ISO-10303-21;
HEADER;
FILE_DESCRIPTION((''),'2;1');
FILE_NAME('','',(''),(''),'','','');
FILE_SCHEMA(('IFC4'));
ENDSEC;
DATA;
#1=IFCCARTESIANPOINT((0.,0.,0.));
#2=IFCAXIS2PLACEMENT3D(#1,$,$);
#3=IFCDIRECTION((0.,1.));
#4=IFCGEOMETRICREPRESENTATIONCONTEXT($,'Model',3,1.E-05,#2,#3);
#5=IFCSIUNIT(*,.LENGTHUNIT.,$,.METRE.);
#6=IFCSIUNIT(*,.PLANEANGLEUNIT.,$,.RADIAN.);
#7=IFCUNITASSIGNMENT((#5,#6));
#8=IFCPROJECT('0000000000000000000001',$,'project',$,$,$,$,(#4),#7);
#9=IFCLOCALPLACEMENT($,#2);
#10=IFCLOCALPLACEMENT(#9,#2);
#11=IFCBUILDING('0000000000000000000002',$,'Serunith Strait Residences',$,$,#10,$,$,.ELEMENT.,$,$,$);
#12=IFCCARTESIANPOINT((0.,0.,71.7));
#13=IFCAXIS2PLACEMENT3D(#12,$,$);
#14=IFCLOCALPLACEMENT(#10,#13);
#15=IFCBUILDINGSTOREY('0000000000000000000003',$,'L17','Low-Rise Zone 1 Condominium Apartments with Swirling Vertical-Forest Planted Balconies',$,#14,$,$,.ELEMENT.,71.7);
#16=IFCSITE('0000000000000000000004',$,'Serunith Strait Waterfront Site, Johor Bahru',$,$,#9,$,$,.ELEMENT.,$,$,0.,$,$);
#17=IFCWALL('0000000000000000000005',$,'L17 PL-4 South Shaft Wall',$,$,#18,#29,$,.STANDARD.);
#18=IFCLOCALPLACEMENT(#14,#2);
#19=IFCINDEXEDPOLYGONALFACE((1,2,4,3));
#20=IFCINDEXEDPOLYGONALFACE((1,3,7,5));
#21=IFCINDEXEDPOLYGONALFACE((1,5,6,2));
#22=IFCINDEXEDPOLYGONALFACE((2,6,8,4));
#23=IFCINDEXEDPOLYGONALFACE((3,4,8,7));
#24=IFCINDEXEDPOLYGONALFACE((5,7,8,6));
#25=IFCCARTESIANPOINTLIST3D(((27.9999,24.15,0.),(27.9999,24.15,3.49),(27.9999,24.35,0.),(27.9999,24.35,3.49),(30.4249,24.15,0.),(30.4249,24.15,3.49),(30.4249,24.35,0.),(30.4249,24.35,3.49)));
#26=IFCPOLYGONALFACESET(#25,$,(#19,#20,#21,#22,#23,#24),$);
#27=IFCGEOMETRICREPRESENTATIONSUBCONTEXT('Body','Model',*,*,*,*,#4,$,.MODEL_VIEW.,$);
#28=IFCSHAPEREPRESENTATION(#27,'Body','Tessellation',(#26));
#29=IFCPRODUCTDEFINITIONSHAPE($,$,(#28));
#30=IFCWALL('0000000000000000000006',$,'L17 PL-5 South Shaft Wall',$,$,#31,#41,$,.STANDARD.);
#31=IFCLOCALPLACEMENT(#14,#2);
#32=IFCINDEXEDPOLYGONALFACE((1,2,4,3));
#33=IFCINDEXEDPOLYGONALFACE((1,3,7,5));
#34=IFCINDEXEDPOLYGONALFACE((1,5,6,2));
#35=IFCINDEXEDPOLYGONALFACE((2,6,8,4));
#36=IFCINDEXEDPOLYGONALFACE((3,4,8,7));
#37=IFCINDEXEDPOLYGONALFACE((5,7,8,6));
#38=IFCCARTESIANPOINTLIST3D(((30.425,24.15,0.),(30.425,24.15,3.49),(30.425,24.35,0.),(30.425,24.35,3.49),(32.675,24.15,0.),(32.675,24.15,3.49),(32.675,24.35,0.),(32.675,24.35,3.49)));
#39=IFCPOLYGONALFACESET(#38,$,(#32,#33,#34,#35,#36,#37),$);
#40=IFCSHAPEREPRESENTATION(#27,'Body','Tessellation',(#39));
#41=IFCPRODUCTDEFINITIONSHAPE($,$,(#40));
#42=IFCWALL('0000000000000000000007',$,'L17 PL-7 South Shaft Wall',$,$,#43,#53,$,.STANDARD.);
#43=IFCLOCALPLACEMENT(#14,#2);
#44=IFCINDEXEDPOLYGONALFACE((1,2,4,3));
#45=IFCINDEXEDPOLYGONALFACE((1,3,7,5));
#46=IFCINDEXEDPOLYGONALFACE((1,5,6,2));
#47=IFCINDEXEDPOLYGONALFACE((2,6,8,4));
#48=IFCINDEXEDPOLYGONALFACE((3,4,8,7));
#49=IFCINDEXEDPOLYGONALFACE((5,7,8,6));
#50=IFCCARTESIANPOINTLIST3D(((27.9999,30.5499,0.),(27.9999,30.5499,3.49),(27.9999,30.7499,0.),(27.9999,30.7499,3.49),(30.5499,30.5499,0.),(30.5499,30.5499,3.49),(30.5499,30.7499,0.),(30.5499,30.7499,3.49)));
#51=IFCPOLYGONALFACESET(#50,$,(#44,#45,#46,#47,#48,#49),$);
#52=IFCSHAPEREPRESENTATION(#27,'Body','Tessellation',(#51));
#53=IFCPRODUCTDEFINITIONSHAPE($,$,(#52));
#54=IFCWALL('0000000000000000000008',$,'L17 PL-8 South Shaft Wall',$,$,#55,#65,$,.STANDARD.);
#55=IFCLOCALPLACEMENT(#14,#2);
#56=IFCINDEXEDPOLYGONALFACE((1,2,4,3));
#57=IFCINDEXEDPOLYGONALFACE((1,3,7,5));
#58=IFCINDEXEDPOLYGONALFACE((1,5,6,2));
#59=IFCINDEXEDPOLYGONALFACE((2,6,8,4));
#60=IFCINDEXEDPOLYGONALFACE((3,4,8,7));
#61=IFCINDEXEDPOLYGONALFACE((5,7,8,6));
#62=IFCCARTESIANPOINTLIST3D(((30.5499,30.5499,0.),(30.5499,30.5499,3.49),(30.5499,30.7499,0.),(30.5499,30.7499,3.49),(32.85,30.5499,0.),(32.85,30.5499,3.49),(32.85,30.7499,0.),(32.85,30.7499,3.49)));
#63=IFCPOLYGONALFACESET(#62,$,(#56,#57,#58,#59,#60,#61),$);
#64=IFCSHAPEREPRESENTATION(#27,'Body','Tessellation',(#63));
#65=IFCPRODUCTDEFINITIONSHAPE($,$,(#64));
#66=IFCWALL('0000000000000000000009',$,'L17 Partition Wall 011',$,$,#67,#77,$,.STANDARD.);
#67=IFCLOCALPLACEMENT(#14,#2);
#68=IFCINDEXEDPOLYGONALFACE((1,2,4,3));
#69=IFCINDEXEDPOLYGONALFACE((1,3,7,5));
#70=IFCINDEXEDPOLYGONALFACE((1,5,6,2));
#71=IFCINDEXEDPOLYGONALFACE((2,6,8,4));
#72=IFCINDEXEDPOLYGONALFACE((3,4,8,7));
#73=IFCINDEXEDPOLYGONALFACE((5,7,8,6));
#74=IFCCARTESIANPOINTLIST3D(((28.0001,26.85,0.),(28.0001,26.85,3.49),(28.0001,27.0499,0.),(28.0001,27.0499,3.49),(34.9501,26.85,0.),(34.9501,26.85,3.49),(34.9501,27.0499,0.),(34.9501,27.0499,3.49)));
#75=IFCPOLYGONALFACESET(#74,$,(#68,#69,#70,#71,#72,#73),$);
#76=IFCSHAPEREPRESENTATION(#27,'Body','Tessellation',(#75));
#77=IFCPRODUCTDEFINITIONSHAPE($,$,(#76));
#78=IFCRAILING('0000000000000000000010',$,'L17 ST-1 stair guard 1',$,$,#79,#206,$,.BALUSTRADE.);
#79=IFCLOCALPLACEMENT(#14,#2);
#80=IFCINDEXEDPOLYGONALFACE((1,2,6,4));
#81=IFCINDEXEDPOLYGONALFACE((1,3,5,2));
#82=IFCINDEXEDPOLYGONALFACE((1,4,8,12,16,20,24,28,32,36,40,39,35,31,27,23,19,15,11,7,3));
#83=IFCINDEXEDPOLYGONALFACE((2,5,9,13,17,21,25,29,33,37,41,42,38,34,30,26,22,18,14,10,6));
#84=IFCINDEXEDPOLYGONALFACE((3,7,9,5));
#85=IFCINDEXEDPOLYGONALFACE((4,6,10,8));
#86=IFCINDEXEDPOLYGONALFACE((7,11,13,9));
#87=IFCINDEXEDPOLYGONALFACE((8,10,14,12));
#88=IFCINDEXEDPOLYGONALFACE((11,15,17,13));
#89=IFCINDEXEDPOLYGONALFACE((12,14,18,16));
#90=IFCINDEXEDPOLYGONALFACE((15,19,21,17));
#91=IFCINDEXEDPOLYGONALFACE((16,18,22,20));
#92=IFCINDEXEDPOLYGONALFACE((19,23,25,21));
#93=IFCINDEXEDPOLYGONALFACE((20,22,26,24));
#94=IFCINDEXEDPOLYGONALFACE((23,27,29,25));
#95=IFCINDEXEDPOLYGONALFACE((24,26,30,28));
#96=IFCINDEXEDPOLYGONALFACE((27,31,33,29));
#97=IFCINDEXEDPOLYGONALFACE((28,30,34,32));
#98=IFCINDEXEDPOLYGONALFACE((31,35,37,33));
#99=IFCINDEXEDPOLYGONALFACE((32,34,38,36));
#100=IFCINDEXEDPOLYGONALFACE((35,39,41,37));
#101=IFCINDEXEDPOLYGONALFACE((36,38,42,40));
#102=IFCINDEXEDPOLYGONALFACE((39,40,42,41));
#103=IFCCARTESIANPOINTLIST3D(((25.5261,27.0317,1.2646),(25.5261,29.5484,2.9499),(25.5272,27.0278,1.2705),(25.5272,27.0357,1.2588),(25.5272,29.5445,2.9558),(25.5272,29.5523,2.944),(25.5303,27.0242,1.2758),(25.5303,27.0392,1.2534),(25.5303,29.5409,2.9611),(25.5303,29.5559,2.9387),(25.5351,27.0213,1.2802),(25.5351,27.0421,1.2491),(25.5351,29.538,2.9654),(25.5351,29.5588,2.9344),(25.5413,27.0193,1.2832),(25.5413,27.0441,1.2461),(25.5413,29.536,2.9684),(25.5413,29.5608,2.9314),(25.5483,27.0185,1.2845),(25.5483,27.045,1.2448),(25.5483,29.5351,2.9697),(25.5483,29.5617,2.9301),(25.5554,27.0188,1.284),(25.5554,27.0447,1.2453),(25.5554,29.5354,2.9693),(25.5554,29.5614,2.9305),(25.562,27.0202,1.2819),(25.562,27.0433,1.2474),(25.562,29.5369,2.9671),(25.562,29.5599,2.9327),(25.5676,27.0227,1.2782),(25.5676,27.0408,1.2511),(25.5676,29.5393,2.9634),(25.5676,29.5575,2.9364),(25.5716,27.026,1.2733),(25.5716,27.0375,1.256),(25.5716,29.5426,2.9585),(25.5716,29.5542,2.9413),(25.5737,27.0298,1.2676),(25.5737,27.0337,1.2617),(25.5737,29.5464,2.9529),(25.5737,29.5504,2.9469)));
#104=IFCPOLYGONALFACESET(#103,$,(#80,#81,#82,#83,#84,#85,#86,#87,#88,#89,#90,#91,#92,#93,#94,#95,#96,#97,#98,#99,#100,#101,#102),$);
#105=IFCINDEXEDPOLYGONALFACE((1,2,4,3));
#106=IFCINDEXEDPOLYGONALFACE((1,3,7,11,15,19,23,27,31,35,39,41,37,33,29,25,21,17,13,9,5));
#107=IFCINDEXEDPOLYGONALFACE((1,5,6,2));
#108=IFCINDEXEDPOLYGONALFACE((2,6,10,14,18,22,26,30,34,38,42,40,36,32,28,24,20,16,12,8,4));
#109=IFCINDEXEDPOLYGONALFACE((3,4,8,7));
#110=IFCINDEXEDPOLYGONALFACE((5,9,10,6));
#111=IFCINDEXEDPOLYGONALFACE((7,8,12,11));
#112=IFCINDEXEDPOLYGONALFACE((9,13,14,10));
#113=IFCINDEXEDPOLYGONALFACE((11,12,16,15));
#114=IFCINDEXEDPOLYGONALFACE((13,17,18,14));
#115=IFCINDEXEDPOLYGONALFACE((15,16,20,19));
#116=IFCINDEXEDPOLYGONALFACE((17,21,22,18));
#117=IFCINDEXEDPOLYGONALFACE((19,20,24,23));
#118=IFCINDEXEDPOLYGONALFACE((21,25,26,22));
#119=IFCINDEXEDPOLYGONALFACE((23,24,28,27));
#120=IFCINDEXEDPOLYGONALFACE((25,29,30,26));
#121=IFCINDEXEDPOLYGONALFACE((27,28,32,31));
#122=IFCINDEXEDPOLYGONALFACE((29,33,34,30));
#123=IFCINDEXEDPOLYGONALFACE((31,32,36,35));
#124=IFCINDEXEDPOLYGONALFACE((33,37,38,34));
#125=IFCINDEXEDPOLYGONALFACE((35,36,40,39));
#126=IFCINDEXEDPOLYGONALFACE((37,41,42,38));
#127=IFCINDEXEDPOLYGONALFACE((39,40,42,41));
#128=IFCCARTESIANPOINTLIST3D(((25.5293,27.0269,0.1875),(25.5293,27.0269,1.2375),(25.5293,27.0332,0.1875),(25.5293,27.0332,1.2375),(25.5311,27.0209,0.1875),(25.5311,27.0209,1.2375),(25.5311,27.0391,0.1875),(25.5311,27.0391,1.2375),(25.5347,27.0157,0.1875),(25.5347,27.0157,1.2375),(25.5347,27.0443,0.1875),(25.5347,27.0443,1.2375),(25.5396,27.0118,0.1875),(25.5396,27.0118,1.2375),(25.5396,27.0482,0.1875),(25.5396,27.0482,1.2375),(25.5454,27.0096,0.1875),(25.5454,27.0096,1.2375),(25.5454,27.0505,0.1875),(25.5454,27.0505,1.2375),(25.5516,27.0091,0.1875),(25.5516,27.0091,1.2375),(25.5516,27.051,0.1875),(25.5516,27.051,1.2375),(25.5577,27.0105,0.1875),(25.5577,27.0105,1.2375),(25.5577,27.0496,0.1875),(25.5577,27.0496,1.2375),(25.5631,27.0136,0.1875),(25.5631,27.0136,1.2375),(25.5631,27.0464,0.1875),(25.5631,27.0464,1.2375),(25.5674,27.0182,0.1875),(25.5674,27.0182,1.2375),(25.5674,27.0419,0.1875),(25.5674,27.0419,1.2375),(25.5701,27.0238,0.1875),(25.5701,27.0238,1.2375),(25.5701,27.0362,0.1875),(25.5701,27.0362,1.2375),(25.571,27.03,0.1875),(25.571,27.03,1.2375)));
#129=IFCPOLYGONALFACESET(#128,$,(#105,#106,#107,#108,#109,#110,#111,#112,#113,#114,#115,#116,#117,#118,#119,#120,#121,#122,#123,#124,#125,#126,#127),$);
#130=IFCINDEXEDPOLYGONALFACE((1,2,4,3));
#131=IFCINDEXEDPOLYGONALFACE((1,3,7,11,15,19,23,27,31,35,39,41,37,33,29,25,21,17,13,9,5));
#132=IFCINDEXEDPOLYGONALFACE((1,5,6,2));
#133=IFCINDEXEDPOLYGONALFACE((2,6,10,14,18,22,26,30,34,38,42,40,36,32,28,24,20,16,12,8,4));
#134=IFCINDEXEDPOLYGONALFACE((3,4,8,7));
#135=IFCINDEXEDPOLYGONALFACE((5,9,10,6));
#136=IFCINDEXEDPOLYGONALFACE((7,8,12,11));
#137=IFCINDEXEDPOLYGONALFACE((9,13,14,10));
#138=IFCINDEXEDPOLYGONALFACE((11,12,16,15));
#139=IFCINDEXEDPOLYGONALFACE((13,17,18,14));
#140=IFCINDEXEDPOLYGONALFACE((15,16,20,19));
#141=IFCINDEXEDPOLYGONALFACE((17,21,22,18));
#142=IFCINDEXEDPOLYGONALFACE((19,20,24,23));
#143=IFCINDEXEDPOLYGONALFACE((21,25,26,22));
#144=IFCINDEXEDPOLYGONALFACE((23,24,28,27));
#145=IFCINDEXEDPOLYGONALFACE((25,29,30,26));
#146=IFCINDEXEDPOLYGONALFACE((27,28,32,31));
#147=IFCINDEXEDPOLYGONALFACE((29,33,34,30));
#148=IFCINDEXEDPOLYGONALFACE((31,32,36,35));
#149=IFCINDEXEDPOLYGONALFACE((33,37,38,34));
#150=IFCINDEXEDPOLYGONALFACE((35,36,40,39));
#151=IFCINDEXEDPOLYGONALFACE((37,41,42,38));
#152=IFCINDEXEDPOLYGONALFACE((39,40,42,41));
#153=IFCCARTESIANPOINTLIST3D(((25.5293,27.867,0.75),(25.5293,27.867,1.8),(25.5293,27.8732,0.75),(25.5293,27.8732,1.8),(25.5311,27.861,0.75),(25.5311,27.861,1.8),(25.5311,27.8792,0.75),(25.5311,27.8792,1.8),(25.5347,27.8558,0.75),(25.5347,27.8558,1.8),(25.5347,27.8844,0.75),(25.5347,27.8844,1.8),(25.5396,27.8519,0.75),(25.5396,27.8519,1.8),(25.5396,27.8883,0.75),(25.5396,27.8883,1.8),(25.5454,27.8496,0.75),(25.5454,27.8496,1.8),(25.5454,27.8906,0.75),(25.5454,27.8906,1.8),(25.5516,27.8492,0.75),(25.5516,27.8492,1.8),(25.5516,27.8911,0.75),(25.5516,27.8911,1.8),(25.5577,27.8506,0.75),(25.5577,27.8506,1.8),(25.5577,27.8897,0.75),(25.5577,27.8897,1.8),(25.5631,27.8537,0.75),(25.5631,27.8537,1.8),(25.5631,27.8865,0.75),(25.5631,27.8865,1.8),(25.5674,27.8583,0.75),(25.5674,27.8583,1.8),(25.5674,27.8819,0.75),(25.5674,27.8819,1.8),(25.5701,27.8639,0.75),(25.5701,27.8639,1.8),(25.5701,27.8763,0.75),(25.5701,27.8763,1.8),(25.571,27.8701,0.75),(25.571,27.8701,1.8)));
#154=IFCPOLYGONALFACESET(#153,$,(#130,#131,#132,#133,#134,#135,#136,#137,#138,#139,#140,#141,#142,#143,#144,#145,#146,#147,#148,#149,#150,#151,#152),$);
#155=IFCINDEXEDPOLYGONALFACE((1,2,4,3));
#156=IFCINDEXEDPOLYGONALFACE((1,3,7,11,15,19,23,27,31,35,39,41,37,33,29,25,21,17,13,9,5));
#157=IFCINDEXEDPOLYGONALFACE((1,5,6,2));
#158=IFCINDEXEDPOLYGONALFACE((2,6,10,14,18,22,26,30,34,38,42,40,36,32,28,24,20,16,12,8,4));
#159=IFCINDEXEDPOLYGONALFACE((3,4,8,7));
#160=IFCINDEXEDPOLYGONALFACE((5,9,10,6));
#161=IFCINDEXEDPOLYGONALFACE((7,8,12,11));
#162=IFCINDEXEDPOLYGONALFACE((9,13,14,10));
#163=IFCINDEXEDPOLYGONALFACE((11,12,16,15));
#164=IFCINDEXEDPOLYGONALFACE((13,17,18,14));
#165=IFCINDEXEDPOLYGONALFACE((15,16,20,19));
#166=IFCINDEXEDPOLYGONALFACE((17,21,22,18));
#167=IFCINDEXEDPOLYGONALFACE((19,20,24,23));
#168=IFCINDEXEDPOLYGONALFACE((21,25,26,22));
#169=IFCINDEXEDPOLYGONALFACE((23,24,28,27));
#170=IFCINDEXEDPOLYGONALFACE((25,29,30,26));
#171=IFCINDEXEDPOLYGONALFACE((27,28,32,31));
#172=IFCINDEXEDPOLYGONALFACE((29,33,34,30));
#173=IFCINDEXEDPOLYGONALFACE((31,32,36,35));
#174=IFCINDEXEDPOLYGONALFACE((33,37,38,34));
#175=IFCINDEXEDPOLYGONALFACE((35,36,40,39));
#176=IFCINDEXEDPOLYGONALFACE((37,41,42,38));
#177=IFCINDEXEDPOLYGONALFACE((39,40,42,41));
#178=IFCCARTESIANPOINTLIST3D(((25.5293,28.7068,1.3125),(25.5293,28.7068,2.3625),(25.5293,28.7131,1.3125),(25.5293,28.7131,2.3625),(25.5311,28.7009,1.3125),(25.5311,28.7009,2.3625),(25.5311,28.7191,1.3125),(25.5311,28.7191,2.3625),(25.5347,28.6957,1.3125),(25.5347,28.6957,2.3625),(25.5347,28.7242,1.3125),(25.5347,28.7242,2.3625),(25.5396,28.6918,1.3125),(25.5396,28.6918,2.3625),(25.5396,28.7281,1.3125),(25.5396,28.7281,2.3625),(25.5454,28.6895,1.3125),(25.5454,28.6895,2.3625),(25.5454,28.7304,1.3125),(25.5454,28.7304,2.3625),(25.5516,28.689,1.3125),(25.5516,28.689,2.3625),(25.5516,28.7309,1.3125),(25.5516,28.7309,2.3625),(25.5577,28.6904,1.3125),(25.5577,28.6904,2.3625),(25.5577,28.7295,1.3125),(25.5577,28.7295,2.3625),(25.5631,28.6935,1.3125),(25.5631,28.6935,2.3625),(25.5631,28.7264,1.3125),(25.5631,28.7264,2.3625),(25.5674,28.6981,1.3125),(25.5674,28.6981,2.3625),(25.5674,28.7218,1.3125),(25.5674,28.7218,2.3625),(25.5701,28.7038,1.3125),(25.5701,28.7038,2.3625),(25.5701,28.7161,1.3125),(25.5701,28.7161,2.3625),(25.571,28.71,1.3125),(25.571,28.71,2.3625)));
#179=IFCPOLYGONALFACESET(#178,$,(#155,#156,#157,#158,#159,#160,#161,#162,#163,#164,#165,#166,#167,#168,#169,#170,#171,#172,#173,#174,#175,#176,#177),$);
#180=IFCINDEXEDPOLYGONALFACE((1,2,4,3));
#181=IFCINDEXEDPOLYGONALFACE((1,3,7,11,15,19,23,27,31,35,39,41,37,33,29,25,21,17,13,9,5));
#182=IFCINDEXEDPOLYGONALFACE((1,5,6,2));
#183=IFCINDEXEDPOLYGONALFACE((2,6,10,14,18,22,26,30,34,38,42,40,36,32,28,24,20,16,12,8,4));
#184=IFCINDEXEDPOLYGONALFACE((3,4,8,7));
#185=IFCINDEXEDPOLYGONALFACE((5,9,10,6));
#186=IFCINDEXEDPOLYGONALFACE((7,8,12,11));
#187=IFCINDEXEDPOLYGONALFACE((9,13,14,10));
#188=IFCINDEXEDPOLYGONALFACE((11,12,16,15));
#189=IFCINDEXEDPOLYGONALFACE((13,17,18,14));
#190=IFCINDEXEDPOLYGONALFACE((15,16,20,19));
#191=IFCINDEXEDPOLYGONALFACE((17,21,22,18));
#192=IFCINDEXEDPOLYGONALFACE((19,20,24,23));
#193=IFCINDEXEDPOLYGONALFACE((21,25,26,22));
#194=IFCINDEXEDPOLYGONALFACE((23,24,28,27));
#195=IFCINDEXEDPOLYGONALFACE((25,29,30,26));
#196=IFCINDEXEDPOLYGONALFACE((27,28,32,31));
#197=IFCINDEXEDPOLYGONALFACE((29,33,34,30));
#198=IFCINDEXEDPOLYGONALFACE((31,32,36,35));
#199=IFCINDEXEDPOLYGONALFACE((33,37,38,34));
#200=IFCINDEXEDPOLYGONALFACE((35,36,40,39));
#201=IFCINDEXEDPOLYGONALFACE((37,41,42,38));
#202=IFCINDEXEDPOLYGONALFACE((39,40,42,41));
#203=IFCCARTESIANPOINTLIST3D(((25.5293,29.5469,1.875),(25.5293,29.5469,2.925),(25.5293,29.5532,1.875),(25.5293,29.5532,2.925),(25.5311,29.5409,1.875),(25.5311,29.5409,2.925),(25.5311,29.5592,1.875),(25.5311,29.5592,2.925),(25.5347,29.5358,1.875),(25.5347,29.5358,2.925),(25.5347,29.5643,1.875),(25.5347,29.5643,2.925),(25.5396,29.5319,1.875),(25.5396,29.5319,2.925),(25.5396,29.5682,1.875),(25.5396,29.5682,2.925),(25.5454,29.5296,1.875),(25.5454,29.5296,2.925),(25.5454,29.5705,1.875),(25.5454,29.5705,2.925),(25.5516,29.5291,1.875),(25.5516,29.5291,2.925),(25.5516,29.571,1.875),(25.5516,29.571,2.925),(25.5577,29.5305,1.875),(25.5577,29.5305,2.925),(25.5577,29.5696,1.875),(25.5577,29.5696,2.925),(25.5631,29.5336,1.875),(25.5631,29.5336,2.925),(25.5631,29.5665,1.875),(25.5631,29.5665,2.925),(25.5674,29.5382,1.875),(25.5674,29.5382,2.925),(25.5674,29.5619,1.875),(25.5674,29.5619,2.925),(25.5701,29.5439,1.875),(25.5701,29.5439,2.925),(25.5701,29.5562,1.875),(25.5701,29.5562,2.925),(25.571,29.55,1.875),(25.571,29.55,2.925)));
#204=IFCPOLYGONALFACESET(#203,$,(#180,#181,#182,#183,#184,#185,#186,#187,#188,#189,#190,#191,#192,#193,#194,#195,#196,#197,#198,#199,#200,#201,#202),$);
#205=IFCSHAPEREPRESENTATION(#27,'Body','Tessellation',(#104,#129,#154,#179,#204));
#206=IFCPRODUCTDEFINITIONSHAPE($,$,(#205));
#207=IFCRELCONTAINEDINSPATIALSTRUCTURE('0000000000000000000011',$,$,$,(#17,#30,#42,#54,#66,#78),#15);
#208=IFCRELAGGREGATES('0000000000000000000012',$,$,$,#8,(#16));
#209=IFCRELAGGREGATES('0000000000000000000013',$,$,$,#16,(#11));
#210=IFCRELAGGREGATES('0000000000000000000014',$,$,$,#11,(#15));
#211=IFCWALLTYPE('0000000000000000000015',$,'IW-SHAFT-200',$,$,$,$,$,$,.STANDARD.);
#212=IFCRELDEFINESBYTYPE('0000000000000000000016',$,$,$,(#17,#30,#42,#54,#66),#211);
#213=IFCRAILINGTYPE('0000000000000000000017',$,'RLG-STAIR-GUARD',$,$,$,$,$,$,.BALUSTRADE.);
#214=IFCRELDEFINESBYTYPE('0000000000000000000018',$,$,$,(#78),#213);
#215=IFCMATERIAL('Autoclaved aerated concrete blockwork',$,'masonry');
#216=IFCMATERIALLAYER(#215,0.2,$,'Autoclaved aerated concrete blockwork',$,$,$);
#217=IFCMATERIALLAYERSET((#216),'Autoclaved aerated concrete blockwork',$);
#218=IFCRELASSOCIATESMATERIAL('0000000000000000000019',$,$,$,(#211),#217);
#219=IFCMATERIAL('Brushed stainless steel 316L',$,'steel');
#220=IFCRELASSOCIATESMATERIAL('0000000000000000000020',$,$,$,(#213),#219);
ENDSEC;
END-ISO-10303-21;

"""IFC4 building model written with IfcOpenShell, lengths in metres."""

from ifc_helpers import new_model, si_unit, direction, frame, frame_2d, origin, origin_2d, place, context, subcontext, project, spatial, rectangle, circle, extrude, material, layer, layer_set, type_object, element, save


model = new_model("IFC4")

# Units and contexts
model_context = context("Model", 3, precision=1e-05, world=origin(), true_north=direction((0.0, 1.0)))
body_context = subcontext(model_context, "Body", "Model", "MODEL_VIEW")
ifc_project = project(units=[si_unit("LENGTHUNIT", "METRE"), si_unit("PLANEANGLEUNIT", "RADIAN")], contexts=[model_context])

# Site, building, storey
site_placement = place(None, origin())
site = spatial("IfcSite", under=ifc_project, at=site_placement, Name="Serunith Strait Waterfront Site, Johor Bahru", CompositionType="ELEMENT", RefElevation=0.0)
building_placement = place(site_placement, origin())
building = spatial("IfcBuilding", under=site, at=building_placement, Name="Serunith Strait Residences", CompositionType="ELEMENT")
storey_placement = place(building_placement, frame((0.0, 0.0, 71.7)))
storey = spatial("IfcBuildingStorey", under=building, at=storey_placement, Name="L17", Description="Low-Rise Zone 1 Condominium Apartments with Swirling Vertical-Forest Planted Balconies", CompositionType="ELEMENT", Elevation=71.7)

# Walls
ifc_material_1 = material(Name="Autoclaved aerated concrete blockwork", Category="masonry")
ifc_layer = layer(ifc_material_1, 0.2, Name="Autoclaved aerated concrete blockwork")
ifc_layer_set = layer_set([ifc_layer], Name="Autoclaved aerated concrete blockwork")
wall_type = type_object("IfcWallType", Name="IW-SHAFT-200", PredefinedType="STANDARD", material=ifc_layer_set)
wall_1_placement = place(storey_placement, frame((28.0, 24.25, 0.0), z_axis=(0.0, 0.0, 1.0), x_axis=(1.0, 0.0, 0.0)))
element("IfcWall", 1, at=wall_1_placement, inside=storey, type_object=wall_type, Name="L17 PL-4 South Shaft Wall", PredefinedType="STANDARD", context=body_context, shape_type="SweptSolid", body=[
    extrude(rectangle(XDim=2.425, YDim=0.2, at=frame_2d((1.2124, 0.0))), origin(), (0.0, 0.0, 1.0), 3.49),
])
wall_2_placement = place(storey_placement, frame((30.425, 24.25, 0.0), z_axis=(0.0, 0.0, 1.0), x_axis=(1.0, 0.0, 0.0)))
element("IfcWall", 2, at=wall_2_placement, inside=storey, type_object=wall_type, Name="L17 PL-5 South Shaft Wall", PredefinedType="STANDARD", context=body_context, shape_type="SweptSolid", body=[
    extrude(rectangle(XDim=2.25, YDim=0.2, at=frame_2d((1.125, 0.0))), origin(), (0.0, 0.0, 1.0), 3.49),
])
wall_3_placement = place(storey_placement, frame((28.0, 30.6499, 0.0), z_axis=(0.0, 0.0, 1.0), x_axis=(1.0, 0.0, 0.0)))
element("IfcWall", 3, at=wall_3_placement, inside=storey, type_object=wall_type, Name="L17 PL-7 South Shaft Wall", PredefinedType="STANDARD", context=body_context, shape_type="SweptSolid", body=[
    extrude(rectangle(XDim=2.55, YDim=0.2, at=frame_2d((1.2749, 0.0))), origin(), (0.0, 0.0, 1.0), 3.49),
])
wall_4_placement = place(storey_placement, frame((30.55, 30.6499, 0.0), z_axis=(0.0, 0.0, 1.0), x_axis=(1.0, 0.0, 0.0)))
element("IfcWall", 4, at=wall_4_placement, inside=storey, type_object=wall_type, Name="L17 PL-8 South Shaft Wall", PredefinedType="STANDARD", context=body_context, shape_type="SweptSolid", body=[
    extrude(rectangle(XDim=2.3, YDim=0.2, at=frame_2d((1.1499, 0.0))), origin(), (0.0, 0.0, 1.0), 3.49),
])
wall_5_placement = place(storey_placement, frame((28.0, 26.95, 0.0), z_axis=(0.0, 0.0, 1.0), x_axis=(1.0, 0.0, 0.0)))
element("IfcWall", 5, at=wall_5_placement, inside=storey, type_object=wall_type, Name="L17 Partition Wall 011", PredefinedType="STANDARD", context=body_context, shape_type="SweptSolid", body=[
    extrude(rectangle(XDim=6.95, YDim=0.2, at=frame_2d((3.4751, 0.0))), origin(), (0.0, 0.0, 1.0), 3.49),
])

# Railing
ifc_material_2 = material(Name="Brushed stainless steel 316L", Category="steel")
railing_type_1 = type_object("IfcRailingType", Name="RLG-STAIR-GUARD", PredefinedType="BALUSTRADE", material=ifc_material_2)
railing_1_placement = place(storey_placement, frame((25.55, 27.03, 0.1875)))
element("IfcRailing", 6, at=railing_1_placement, inside=storey, type_object=railing_type_1, Name="L17 ST-1 stair guard 1", PredefinedType="BALUSTRADE", context=body_context, shape_type="SweptSolid", body=[
    extrude(circle(Radius=0.0239, at=origin_2d()), frame((0.0, 0.0017, 1.0771), z_axis=(0.0, 0.830909, 0.556408), x_axis=(-1.0, 0.0, 0.0)), (0.0, 0.0, 1.0), 3.0288),
    extrude(circle(Radius=0.021, at=origin_2d()), origin(), (0.0, 0.0, 1.0), 1.05),
    extrude(circle(Radius=0.021, at=origin_2d()), frame((0.0, 0.8401, 0.5625)), (0.0, 0.0, 1.0), 1.05),
    extrude(circle(Radius=0.021, at=origin_2d()), frame((0.0, 1.6799, 1.125)), (0.0, 0.0, 1.0), 1.05),
    extrude(circle(Radius=0.021, at=origin_2d()), frame((0.0, 2.52, 1.6875)), (0.0, 0.0, 1.0), 1.05),
])

save(model, "model.ifc")
